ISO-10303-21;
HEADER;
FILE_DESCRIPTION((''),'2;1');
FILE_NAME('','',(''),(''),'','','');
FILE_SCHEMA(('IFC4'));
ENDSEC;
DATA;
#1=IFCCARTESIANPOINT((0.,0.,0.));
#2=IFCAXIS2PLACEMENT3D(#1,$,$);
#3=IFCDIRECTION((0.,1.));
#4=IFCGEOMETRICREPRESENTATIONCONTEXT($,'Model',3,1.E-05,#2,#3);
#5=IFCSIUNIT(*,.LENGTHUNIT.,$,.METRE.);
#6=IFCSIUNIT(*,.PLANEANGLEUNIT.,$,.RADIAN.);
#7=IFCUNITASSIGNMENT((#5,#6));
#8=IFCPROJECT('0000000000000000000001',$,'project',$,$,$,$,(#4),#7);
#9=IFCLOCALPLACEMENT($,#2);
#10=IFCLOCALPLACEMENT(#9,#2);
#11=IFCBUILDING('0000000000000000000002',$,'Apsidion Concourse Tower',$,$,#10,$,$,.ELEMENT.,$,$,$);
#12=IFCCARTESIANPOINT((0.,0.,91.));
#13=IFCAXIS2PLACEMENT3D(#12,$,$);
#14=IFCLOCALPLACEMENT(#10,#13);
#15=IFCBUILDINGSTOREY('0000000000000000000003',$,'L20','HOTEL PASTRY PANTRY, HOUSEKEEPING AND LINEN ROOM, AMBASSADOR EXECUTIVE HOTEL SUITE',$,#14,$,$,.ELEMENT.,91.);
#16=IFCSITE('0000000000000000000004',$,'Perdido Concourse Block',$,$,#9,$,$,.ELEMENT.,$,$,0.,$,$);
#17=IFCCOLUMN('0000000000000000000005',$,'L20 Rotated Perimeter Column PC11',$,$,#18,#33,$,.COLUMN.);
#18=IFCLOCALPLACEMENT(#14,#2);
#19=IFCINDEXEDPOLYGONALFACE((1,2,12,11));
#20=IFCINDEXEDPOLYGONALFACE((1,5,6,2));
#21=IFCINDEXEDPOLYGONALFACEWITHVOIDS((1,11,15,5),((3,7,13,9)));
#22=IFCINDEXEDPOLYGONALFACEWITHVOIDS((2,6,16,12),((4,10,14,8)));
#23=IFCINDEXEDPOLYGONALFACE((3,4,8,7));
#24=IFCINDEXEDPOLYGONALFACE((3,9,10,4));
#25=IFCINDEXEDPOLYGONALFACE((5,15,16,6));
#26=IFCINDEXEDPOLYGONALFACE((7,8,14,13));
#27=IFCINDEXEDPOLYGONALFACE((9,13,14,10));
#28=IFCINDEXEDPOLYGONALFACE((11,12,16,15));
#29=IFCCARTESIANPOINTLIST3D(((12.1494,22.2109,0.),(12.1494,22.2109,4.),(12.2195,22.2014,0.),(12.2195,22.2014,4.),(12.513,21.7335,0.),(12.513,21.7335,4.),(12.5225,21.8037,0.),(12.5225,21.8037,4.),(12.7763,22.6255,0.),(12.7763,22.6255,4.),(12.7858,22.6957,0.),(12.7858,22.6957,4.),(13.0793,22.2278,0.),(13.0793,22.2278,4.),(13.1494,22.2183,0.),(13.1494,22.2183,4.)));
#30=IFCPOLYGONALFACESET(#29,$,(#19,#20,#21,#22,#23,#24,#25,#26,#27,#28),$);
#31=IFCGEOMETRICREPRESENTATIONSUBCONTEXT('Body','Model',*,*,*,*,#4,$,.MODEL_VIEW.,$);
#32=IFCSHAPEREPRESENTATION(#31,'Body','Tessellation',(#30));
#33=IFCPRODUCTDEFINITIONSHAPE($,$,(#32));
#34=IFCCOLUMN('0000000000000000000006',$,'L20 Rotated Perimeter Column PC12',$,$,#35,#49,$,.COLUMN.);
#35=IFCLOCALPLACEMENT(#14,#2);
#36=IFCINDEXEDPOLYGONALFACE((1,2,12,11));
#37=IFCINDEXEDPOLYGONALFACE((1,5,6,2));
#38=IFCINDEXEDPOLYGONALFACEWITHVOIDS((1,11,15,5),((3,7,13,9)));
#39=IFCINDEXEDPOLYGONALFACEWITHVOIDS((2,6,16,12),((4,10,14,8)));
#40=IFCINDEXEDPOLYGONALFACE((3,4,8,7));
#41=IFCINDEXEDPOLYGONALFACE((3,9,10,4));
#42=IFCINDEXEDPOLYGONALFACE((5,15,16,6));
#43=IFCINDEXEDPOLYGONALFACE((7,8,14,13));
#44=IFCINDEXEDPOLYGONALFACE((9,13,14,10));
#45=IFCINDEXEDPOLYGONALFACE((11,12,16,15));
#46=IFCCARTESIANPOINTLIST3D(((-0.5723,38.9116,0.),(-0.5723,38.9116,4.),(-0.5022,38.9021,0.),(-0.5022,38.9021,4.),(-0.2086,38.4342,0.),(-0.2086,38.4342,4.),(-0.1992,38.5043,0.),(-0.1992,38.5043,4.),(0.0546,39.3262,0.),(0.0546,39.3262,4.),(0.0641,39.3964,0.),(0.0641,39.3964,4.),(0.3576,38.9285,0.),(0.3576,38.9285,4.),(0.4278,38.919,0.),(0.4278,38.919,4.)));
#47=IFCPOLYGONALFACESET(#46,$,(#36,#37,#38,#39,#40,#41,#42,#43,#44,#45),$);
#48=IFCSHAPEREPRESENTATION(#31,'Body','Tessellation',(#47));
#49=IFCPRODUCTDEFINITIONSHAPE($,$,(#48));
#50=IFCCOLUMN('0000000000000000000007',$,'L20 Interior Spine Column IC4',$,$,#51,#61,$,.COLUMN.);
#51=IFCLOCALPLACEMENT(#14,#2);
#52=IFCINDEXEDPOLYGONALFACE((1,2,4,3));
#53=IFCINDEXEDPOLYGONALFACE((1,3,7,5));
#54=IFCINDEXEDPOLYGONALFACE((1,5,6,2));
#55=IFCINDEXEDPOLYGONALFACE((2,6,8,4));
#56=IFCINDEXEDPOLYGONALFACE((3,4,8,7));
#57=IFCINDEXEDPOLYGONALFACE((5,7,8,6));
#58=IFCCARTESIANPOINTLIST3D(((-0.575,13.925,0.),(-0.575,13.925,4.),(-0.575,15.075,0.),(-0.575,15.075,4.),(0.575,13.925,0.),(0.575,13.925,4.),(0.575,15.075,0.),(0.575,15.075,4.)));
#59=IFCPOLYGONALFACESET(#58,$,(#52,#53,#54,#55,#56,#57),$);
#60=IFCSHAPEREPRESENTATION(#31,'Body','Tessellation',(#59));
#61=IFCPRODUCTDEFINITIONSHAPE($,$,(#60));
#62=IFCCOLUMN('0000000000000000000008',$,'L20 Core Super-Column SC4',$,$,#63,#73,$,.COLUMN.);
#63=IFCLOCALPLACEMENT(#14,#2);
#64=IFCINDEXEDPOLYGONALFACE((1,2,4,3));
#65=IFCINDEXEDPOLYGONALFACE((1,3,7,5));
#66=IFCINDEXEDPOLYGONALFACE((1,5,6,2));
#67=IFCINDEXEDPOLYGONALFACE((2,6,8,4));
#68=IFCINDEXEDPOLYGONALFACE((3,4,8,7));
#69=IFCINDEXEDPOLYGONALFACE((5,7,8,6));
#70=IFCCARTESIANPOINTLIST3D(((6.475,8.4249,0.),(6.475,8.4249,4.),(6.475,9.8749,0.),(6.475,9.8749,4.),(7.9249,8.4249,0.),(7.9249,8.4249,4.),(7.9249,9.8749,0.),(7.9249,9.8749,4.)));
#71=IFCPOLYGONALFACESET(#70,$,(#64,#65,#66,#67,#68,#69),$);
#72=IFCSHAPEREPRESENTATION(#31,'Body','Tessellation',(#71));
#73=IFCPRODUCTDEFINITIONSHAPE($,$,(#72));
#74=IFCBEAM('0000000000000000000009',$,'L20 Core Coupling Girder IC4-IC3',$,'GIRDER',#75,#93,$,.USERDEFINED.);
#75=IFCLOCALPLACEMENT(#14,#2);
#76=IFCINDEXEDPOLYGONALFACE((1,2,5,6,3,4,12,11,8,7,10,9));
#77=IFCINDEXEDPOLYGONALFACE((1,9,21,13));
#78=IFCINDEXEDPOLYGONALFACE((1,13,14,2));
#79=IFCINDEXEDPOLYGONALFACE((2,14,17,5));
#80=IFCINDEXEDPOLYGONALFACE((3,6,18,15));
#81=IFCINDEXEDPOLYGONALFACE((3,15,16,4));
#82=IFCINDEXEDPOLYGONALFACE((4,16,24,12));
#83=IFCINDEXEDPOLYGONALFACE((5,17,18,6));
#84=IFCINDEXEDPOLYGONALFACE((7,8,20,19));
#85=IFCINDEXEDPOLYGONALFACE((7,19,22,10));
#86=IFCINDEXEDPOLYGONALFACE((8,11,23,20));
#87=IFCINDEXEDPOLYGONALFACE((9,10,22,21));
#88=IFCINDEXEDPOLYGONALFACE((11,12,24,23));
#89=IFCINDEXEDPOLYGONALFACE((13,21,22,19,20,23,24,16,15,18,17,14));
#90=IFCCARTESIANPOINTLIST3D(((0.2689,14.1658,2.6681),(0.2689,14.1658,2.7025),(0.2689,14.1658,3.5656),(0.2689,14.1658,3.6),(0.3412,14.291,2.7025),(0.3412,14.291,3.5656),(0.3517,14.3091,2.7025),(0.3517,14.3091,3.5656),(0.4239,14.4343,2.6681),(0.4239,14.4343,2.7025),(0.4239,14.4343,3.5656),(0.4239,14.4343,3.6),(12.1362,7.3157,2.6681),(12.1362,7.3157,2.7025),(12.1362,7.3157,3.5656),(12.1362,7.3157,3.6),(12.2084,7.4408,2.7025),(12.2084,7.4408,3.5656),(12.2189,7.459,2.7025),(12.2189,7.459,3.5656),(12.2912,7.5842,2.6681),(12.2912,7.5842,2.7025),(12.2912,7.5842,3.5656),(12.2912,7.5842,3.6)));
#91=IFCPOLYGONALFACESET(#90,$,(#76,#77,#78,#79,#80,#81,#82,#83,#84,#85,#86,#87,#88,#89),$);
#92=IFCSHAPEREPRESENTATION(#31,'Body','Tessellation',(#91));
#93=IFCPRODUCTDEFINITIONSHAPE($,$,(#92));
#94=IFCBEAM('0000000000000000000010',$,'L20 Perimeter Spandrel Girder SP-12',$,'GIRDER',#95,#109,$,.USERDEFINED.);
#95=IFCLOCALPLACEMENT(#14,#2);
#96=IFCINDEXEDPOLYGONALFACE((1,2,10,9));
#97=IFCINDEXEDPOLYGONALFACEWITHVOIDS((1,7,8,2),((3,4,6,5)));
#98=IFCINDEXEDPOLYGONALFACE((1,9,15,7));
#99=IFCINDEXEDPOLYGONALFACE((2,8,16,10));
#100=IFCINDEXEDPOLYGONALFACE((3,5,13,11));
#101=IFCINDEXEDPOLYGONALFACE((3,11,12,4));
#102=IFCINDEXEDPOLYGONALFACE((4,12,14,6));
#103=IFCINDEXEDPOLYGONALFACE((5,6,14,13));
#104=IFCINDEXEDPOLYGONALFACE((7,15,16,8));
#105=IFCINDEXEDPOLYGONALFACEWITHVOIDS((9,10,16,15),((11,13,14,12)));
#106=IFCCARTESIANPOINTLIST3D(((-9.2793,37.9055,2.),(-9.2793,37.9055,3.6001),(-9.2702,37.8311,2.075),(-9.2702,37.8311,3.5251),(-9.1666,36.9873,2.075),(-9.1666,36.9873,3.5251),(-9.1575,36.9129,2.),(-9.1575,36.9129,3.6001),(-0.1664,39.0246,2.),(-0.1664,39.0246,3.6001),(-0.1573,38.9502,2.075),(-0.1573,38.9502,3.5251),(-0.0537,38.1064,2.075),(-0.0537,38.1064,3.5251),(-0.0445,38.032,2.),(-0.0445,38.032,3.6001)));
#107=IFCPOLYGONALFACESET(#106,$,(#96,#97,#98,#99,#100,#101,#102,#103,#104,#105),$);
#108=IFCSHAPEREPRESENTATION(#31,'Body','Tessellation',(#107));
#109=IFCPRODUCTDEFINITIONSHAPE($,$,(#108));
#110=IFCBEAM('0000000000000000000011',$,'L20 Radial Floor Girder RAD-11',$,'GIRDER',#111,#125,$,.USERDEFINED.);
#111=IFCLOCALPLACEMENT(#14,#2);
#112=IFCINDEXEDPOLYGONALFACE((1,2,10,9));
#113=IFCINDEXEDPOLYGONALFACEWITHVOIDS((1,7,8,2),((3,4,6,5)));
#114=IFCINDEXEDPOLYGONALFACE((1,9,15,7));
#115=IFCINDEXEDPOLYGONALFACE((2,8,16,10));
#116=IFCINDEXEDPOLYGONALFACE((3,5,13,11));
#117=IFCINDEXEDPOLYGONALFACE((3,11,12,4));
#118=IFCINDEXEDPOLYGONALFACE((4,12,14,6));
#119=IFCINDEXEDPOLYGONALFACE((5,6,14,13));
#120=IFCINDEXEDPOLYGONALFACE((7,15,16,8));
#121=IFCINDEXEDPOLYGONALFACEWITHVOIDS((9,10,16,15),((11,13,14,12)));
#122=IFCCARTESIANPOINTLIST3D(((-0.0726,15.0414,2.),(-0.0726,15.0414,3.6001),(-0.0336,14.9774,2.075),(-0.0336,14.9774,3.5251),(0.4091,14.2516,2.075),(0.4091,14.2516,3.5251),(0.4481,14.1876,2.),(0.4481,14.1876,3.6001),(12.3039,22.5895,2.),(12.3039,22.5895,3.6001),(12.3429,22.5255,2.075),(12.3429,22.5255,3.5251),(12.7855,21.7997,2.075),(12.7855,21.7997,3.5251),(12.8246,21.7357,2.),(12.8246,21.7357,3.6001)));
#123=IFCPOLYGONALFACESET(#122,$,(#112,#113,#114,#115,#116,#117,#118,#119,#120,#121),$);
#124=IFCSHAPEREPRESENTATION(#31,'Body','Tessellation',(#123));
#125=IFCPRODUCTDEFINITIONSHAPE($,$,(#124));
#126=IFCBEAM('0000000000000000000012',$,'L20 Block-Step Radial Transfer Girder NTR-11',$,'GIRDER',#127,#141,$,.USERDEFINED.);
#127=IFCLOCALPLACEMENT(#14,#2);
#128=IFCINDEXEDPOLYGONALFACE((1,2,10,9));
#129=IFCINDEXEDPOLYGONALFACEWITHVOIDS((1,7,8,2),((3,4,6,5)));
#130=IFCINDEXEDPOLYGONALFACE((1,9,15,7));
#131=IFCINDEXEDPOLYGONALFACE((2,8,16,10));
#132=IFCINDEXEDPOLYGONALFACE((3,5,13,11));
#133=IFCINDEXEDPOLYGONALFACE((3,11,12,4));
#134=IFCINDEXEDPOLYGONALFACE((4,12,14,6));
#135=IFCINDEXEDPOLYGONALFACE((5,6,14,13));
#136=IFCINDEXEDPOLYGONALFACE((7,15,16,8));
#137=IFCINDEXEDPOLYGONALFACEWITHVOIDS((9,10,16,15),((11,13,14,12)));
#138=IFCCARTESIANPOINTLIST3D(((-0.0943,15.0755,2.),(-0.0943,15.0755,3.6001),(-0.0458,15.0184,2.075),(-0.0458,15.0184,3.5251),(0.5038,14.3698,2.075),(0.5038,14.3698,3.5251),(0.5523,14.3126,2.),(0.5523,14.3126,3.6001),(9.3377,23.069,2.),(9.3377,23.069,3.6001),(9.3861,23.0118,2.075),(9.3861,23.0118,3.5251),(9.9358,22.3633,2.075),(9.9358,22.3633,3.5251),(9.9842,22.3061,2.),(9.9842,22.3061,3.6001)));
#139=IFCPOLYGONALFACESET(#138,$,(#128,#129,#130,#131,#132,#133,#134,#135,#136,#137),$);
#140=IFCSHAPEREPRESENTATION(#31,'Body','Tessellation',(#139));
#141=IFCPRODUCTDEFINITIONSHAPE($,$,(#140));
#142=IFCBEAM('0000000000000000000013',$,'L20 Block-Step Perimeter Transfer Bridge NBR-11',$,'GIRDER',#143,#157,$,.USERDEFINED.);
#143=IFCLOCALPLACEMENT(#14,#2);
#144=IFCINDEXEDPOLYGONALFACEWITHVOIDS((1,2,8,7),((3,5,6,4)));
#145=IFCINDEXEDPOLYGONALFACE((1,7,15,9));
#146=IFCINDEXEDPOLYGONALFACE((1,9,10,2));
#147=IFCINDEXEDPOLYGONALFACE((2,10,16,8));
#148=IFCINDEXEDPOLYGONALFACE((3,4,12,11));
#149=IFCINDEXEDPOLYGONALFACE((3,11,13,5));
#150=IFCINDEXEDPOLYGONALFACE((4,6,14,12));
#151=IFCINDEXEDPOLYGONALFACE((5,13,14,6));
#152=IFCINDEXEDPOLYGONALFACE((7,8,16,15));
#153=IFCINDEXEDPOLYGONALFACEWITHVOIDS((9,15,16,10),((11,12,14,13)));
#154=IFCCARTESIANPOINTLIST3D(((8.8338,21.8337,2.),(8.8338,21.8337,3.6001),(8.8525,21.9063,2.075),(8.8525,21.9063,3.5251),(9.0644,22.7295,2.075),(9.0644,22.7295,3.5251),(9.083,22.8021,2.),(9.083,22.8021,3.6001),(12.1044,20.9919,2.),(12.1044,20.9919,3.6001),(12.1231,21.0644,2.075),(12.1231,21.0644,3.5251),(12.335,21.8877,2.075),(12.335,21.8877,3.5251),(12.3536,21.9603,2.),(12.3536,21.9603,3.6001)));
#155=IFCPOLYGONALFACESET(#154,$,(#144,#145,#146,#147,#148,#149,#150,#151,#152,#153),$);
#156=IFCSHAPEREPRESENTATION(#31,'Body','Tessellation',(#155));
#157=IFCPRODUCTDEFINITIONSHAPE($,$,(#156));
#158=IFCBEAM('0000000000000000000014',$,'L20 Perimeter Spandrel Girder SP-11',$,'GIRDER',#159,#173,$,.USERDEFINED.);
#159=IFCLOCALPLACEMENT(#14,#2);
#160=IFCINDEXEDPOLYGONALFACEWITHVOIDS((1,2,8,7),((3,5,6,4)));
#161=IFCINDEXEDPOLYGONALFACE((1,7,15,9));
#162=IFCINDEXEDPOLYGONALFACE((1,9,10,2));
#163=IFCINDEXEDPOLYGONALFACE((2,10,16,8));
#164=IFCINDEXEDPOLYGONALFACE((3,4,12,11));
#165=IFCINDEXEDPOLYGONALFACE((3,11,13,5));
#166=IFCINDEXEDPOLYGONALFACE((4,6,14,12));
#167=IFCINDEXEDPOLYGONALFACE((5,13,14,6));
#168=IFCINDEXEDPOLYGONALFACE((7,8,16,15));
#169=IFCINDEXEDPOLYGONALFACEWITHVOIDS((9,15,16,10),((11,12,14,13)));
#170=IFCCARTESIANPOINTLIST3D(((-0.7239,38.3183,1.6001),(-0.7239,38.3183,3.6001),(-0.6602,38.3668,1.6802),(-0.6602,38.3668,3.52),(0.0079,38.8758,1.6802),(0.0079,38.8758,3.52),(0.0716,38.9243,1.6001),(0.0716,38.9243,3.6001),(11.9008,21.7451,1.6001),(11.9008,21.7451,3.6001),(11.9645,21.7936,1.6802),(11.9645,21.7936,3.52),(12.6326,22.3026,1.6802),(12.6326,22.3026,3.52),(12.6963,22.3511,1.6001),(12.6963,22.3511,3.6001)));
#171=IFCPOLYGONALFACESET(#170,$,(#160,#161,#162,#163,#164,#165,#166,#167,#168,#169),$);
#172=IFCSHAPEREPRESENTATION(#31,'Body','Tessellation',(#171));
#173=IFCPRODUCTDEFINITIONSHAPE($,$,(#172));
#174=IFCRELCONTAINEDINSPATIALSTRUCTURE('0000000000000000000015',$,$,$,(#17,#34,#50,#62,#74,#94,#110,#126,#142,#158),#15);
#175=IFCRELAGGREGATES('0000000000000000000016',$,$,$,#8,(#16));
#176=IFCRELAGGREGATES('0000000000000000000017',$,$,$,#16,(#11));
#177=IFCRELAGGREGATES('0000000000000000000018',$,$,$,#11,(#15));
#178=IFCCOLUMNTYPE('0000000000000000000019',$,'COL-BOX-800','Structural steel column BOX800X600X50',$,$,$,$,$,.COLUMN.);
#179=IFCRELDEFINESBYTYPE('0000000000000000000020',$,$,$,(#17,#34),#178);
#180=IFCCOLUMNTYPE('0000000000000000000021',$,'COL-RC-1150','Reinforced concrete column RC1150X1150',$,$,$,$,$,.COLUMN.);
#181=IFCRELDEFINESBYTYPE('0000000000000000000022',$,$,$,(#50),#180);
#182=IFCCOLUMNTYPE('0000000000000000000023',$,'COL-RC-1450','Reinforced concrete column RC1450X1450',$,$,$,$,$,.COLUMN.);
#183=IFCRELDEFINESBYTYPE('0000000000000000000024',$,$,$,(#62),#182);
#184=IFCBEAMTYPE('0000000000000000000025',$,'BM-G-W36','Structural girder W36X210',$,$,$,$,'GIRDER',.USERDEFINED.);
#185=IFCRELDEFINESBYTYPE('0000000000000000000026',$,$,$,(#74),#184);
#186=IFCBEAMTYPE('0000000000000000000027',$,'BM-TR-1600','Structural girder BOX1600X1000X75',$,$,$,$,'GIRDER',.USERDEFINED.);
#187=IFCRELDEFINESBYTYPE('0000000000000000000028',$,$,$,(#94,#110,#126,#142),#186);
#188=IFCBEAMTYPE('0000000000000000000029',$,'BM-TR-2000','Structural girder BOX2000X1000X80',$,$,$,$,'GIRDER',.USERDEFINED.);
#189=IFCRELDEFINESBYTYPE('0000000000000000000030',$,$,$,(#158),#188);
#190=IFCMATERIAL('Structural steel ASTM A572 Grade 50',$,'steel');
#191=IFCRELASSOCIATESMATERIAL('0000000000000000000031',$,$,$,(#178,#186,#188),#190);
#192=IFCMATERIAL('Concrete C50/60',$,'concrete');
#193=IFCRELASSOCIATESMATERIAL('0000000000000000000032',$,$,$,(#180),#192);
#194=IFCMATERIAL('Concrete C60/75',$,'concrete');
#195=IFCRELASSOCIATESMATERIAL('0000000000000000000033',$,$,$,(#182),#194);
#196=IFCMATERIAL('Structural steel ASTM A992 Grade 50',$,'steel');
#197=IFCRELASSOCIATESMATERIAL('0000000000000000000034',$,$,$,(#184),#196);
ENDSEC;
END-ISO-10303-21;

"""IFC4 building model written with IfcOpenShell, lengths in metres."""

from ifc_helpers import new_model, si_unit, direction, frame, origin, origin_2d, place, context, subcontext, project, spatial, rectangle, hollow_rectangle, i_section, extrude, material, material_profile, profile_set, type_object, element, save


model = new_model("IFC4")

# Units and contexts
model_context = context("Model", 3, precision=1e-05, world=origin(), true_north=direction((0.0, 1.0)))
body_context = subcontext(model_context, "Body", "Model", "MODEL_VIEW")
ifc_project = project(units=[si_unit("LENGTHUNIT", "METRE"), si_unit("PLANEANGLEUNIT", "RADIAN")], contexts=[model_context])

# Site, building, storey
site_placement = place(None, origin())
site = spatial("IfcSite", under=ifc_project, at=site_placement, Name="Perdido Concourse Block", CompositionType="ELEMENT", RefElevation=0.0)
building_placement = place(site_placement, origin())
building = spatial("IfcBuilding", under=site, at=building_placement, Name="Apsidion Concourse Tower", CompositionType="ELEMENT")
storey_placement = place(building_placement, frame((0.0, 0.0, 91.0)))
storey = spatial("IfcBuildingStorey", under=building, at=storey_placement, Name="L20", Description="HOTEL PASTRY PANTRY, HOUSEKEEPING AND LINEN ROOM, AMBASSADOR EXECUTIVE HOTEL SUITE", CompositionType="ELEMENT", Elevation=91.0)

# Columns
ifc_material_1 = material(Name="Structural steel ASTM A572 Grade 50", Category="steel")
ifc_material_profile_1 = material_profile(ifc_material_1, hollow_rectangle(XDim=0.6001, YDim=0.8, WallThickness=0.05, at=origin_2d()), Name="BOX800X600X50")
ifc_profile_set_1 = profile_set([ifc_material_profile_1], Name="Structural steel ASTM A572 Grade 50")
column_type_1 = type_object("IfcColumnType", Name="COL-BOX-800", Description="Structural steel column BOX800X600X50", PredefinedType="COLUMN", material=ifc_profile_set_1)
for number, where, z_axis, x_axis, name in (
    (1, (12.6494, 22.2146, 0.0), (0.0, 0.0, 1.0), (-0.605988, 0.795473, 0.0), "L20 Rotated Perimeter Column PC11"),
    (2, (-0.0723, 38.9153, 0.0), (0.0, 0.0, 1.0), (-0.605988, 0.795473, 0.0), "L20 Rotated Perimeter Column PC12"),
):
    element("IfcColumn", number, at=place(storey_placement, frame(where, z_axis=z_axis, x_axis=x_axis)), inside=storey, type_object=column_type_1, Name=name, PredefinedType="COLUMN", context=body_context, shape_type="SweptSolid", body=[
        extrude(hollow_rectangle(XDim=0.6001, YDim=0.8, WallThickness=0.05, at=origin_2d()), origin(), (0.0, 0.0, 1.0), 4.0),
    ])
ifc_material_2 = material(Name="Concrete C50/60", Category="concrete")
ifc_material_profile_2 = material_profile(ifc_material_2, rectangle(XDim=1.1499, YDim=1.1499, at=origin_2d()), Name="RC 1150x1150")
ifc_profile_set_2 = profile_set([ifc_material_profile_2], Name="Concrete C50/60")
column_type_2 = type_object("IfcColumnType", Name="COL-RC-1150", Description="Reinforced concrete column RC1150X1150", PredefinedType="COLUMN", material=ifc_profile_set_2)
column_1_placement = place(storey_placement, frame((0.0, 14.5, 0.0), z_axis=(0.0, 0.0, 1.0), x_axis=(1.0, 0.0, 0.0)))
element("IfcColumn", 3, at=column_1_placement, inside=storey, type_object=column_type_2, Name="L20 Interior Spine Column IC4", PredefinedType="COLUMN", context=body_context, shape_type="SweptSolid", body=[
    extrude(rectangle(XDim=1.1499, YDim=1.1499, at=origin_2d()), origin(), (0.0, 0.0, 1.0), 4.0),
])
ifc_material_3 = material(Name="Concrete C60/75", Category="concrete")
ifc_material_profile_3 = material_profile(ifc_material_3, rectangle(XDim=1.45, YDim=1.45, at=origin_2d()), Name="RC 1450x1450")
ifc_profile_set_3 = profile_set([ifc_material_profile_3], Name="Concrete C60/75")
column_type_3 = type_object("IfcColumnType", Name="COL-RC-1450", Description="Reinforced concrete column RC1450X1450", PredefinedType="COLUMN", material=ifc_profile_set_3)
column_2_placement = place(storey_placement, frame((7.2, 9.1499, 0.0), z_axis=(0.0, 0.0, 1.0), x_axis=(1.0, 0.0, 0.0)))
element("IfcColumn", 4, at=column_2_placement, inside=storey, type_object=column_type_3, Name="L20 Core Super-Column SC4", PredefinedType="COLUMN", context=body_context, shape_type="SweptSolid", body=[
    extrude(rectangle(XDim=1.45, YDim=1.45, at=origin_2d()), origin(), (0.0, 0.0, 1.0), 4.0),
])

# Beams
ifc_material_4 = material(Name="Structural steel ASTM A992 Grade 50", Category="steel")
ifc_material_profile_4 = material_profile(ifc_material_4, i_section(OverallWidth=0.3101, OverallDepth=0.9319, WebThickness=0.021, FlangeThickness=0.0344, at=origin_2d()), Name="W36X210")
ifc_profile_set_4 = profile_set([ifc_material_profile_4], Name="Structural steel ASTM A992 Grade 50")
beam_type_1 = type_object("IfcBeamType", Name="BM-G-W36", Description="Structural girder W36X210", ElementType="GIRDER", PredefinedType="USERDEFINED", material=ifc_profile_set_4)
beam_1_placement = place(storey_placement, frame((0.3464, 14.3, 3.134), z_axis=(0.86607, -0.499922, 0.0), x_axis=(0.499922, 0.86607, 0.0)))
element("IfcBeam", 5, at=beam_1_placement, inside=storey, type_object=beam_type_1, Name="L20 Core Coupling Girder IC4-IC3", ObjectType="GIRDER", PredefinedType="USERDEFINED", context=body_context, shape_type="SweptSolid", body=[
    extrude(i_section(OverallWidth=0.3101, OverallDepth=0.9319, WebThickness=0.021, FlangeThickness=0.0344, at=origin_2d()), origin(), (0.0, 0.0, 1.0), 13.7024),
])
ifc_material_profile_5 = material_profile(ifc_material_1, hollow_rectangle(XDim=1.0, YDim=1.6001, WallThickness=0.075, at=origin_2d()), Name="BOX1600X1000X75")
ifc_profile_set_5 = profile_set([ifc_material_profile_5], Name="Structural steel ASTM A572 Grade 50")
beam_type_2 = type_object("IfcBeamType", Name="BM-TR-1600", Description="Structural girder BOX1600X1000X75", ElementType="GIRDER", PredefinedType="USERDEFINED", material=ifc_profile_set_5)
beam_2_placement = place(storey_placement, frame((-0.1055, 38.5283, 2.8), z_axis=(-0.992544, -0.121891, 0.0), x_axis=(0.121891, -0.992544, 0.0)))
element("IfcBeam", 6, at=beam_2_placement, inside=storey, type_object=beam_type_2, Name="L20 Perimeter Spandrel Girder SP-12", ObjectType="GIRDER", PredefinedType="USERDEFINED", context=body_context, shape_type="SweptSolid", body=[
    extrude(hollow_rectangle(XDim=1.0, YDim=1.6001, WallThickness=0.075, at=origin_2d()), origin(), (0.0, 0.0, 1.0), 9.1814),
])
beam_3_placement = place(storey_placement, frame((0.1877, 14.6145, 2.8), z_axis=(0.853751, 0.520681, 0.0), x_axis=(-0.520681, 0.853751, 0.0)))
element("IfcBeam", 7, at=beam_3_placement, inside=storey, type_object=beam_type_2, Name="L20 Radial Floor Girder RAD-11", ObjectType="GIRDER", PredefinedType="USERDEFINED", context=body_context, shape_type="SweptSolid", body=[
    extrude(hollow_rectangle(XDim=1.0, YDim=1.6001, WallThickness=0.075, at=origin_2d()), origin(), (0.0, 0.0, 1.0), 14.4966),
])
beam_4_placement = place(storey_placement, frame((0.229, 14.6941, 2.8), z_axis=(0.762884, 0.646535, 0.0), x_axis=(-0.646535, 0.762884, 0.0)))
element("IfcBeam", 8, at=beam_4_placement, inside=storey, type_object=beam_type_2, Name="L20 Block-Step Radial Transfer Girder NTR-11", ObjectType="GIRDER", PredefinedType="USERDEFINED", context=body_context, shape_type="SweptSolid", body=[
    extrude(hollow_rectangle(XDim=1.0, YDim=1.6001, WallThickness=0.075, at=origin_2d()), origin(), (0.0, 0.0, 1.0), 12.3635),
])
beam_5_placement = place(storey_placement, frame((12.229, 21.4761, 2.8), z_axis=(-0.968435, 0.249266, 0.0), x_axis=(-0.249266, -0.968435, 0.0)))
element("IfcBeam", 9, at=beam_5_placement, inside=storey, type_object=beam_type_2, Name="L20 Block-Step Perimeter Transfer Bridge NBR-11", ObjectType="GIRDER", PredefinedType="USERDEFINED", context=body_context, shape_type="SweptSolid", body=[
    extrude(hollow_rectangle(XDim=1.0, YDim=1.6001, WallThickness=0.075, at=origin_2d()), origin(), (0.0, 0.0, 1.0), 3.3772),
])
ifc_material_profile_6 = material_profile(ifc_material_1, hollow_rectangle(XDim=1.0, YDim=2.0, WallThickness=0.0801, at=origin_2d()), Name="BOX2000X1000X80")
ifc_profile_set_6 = profile_set([ifc_material_profile_6], Name="Structural steel ASTM A572 Grade 50")
beam_type_3 = type_object("IfcBeamType", Name="BM-TR-2000", Description="Structural girder BOX2000X1000X80", ElementType="GIRDER", PredefinedType="USERDEFINED", material=ifc_profile_set_6)
beam_6_placement = place(storey_placement, frame((12.2986, 22.0481, 2.6001), z_axis=(-0.605968, 0.795489, 0.0), x_axis=(-0.795489, -0.605968, 0.0)))
element("IfcBeam", 10, at=beam_6_placement, inside=storey, type_object=beam_type_3, Name="L20 Perimeter Spandrel Girder SP-11", ObjectType="GIRDER", PredefinedType="USERDEFINED", context=body_context, shape_type="SweptSolid", body=[
    extrude(hollow_rectangle(XDim=1.0, YDim=2.0, WallThickness=0.0801, at=origin_2d()), origin(), (0.0, 0.0, 1.0), 20.834),
])

save(model, "model.ifc")
